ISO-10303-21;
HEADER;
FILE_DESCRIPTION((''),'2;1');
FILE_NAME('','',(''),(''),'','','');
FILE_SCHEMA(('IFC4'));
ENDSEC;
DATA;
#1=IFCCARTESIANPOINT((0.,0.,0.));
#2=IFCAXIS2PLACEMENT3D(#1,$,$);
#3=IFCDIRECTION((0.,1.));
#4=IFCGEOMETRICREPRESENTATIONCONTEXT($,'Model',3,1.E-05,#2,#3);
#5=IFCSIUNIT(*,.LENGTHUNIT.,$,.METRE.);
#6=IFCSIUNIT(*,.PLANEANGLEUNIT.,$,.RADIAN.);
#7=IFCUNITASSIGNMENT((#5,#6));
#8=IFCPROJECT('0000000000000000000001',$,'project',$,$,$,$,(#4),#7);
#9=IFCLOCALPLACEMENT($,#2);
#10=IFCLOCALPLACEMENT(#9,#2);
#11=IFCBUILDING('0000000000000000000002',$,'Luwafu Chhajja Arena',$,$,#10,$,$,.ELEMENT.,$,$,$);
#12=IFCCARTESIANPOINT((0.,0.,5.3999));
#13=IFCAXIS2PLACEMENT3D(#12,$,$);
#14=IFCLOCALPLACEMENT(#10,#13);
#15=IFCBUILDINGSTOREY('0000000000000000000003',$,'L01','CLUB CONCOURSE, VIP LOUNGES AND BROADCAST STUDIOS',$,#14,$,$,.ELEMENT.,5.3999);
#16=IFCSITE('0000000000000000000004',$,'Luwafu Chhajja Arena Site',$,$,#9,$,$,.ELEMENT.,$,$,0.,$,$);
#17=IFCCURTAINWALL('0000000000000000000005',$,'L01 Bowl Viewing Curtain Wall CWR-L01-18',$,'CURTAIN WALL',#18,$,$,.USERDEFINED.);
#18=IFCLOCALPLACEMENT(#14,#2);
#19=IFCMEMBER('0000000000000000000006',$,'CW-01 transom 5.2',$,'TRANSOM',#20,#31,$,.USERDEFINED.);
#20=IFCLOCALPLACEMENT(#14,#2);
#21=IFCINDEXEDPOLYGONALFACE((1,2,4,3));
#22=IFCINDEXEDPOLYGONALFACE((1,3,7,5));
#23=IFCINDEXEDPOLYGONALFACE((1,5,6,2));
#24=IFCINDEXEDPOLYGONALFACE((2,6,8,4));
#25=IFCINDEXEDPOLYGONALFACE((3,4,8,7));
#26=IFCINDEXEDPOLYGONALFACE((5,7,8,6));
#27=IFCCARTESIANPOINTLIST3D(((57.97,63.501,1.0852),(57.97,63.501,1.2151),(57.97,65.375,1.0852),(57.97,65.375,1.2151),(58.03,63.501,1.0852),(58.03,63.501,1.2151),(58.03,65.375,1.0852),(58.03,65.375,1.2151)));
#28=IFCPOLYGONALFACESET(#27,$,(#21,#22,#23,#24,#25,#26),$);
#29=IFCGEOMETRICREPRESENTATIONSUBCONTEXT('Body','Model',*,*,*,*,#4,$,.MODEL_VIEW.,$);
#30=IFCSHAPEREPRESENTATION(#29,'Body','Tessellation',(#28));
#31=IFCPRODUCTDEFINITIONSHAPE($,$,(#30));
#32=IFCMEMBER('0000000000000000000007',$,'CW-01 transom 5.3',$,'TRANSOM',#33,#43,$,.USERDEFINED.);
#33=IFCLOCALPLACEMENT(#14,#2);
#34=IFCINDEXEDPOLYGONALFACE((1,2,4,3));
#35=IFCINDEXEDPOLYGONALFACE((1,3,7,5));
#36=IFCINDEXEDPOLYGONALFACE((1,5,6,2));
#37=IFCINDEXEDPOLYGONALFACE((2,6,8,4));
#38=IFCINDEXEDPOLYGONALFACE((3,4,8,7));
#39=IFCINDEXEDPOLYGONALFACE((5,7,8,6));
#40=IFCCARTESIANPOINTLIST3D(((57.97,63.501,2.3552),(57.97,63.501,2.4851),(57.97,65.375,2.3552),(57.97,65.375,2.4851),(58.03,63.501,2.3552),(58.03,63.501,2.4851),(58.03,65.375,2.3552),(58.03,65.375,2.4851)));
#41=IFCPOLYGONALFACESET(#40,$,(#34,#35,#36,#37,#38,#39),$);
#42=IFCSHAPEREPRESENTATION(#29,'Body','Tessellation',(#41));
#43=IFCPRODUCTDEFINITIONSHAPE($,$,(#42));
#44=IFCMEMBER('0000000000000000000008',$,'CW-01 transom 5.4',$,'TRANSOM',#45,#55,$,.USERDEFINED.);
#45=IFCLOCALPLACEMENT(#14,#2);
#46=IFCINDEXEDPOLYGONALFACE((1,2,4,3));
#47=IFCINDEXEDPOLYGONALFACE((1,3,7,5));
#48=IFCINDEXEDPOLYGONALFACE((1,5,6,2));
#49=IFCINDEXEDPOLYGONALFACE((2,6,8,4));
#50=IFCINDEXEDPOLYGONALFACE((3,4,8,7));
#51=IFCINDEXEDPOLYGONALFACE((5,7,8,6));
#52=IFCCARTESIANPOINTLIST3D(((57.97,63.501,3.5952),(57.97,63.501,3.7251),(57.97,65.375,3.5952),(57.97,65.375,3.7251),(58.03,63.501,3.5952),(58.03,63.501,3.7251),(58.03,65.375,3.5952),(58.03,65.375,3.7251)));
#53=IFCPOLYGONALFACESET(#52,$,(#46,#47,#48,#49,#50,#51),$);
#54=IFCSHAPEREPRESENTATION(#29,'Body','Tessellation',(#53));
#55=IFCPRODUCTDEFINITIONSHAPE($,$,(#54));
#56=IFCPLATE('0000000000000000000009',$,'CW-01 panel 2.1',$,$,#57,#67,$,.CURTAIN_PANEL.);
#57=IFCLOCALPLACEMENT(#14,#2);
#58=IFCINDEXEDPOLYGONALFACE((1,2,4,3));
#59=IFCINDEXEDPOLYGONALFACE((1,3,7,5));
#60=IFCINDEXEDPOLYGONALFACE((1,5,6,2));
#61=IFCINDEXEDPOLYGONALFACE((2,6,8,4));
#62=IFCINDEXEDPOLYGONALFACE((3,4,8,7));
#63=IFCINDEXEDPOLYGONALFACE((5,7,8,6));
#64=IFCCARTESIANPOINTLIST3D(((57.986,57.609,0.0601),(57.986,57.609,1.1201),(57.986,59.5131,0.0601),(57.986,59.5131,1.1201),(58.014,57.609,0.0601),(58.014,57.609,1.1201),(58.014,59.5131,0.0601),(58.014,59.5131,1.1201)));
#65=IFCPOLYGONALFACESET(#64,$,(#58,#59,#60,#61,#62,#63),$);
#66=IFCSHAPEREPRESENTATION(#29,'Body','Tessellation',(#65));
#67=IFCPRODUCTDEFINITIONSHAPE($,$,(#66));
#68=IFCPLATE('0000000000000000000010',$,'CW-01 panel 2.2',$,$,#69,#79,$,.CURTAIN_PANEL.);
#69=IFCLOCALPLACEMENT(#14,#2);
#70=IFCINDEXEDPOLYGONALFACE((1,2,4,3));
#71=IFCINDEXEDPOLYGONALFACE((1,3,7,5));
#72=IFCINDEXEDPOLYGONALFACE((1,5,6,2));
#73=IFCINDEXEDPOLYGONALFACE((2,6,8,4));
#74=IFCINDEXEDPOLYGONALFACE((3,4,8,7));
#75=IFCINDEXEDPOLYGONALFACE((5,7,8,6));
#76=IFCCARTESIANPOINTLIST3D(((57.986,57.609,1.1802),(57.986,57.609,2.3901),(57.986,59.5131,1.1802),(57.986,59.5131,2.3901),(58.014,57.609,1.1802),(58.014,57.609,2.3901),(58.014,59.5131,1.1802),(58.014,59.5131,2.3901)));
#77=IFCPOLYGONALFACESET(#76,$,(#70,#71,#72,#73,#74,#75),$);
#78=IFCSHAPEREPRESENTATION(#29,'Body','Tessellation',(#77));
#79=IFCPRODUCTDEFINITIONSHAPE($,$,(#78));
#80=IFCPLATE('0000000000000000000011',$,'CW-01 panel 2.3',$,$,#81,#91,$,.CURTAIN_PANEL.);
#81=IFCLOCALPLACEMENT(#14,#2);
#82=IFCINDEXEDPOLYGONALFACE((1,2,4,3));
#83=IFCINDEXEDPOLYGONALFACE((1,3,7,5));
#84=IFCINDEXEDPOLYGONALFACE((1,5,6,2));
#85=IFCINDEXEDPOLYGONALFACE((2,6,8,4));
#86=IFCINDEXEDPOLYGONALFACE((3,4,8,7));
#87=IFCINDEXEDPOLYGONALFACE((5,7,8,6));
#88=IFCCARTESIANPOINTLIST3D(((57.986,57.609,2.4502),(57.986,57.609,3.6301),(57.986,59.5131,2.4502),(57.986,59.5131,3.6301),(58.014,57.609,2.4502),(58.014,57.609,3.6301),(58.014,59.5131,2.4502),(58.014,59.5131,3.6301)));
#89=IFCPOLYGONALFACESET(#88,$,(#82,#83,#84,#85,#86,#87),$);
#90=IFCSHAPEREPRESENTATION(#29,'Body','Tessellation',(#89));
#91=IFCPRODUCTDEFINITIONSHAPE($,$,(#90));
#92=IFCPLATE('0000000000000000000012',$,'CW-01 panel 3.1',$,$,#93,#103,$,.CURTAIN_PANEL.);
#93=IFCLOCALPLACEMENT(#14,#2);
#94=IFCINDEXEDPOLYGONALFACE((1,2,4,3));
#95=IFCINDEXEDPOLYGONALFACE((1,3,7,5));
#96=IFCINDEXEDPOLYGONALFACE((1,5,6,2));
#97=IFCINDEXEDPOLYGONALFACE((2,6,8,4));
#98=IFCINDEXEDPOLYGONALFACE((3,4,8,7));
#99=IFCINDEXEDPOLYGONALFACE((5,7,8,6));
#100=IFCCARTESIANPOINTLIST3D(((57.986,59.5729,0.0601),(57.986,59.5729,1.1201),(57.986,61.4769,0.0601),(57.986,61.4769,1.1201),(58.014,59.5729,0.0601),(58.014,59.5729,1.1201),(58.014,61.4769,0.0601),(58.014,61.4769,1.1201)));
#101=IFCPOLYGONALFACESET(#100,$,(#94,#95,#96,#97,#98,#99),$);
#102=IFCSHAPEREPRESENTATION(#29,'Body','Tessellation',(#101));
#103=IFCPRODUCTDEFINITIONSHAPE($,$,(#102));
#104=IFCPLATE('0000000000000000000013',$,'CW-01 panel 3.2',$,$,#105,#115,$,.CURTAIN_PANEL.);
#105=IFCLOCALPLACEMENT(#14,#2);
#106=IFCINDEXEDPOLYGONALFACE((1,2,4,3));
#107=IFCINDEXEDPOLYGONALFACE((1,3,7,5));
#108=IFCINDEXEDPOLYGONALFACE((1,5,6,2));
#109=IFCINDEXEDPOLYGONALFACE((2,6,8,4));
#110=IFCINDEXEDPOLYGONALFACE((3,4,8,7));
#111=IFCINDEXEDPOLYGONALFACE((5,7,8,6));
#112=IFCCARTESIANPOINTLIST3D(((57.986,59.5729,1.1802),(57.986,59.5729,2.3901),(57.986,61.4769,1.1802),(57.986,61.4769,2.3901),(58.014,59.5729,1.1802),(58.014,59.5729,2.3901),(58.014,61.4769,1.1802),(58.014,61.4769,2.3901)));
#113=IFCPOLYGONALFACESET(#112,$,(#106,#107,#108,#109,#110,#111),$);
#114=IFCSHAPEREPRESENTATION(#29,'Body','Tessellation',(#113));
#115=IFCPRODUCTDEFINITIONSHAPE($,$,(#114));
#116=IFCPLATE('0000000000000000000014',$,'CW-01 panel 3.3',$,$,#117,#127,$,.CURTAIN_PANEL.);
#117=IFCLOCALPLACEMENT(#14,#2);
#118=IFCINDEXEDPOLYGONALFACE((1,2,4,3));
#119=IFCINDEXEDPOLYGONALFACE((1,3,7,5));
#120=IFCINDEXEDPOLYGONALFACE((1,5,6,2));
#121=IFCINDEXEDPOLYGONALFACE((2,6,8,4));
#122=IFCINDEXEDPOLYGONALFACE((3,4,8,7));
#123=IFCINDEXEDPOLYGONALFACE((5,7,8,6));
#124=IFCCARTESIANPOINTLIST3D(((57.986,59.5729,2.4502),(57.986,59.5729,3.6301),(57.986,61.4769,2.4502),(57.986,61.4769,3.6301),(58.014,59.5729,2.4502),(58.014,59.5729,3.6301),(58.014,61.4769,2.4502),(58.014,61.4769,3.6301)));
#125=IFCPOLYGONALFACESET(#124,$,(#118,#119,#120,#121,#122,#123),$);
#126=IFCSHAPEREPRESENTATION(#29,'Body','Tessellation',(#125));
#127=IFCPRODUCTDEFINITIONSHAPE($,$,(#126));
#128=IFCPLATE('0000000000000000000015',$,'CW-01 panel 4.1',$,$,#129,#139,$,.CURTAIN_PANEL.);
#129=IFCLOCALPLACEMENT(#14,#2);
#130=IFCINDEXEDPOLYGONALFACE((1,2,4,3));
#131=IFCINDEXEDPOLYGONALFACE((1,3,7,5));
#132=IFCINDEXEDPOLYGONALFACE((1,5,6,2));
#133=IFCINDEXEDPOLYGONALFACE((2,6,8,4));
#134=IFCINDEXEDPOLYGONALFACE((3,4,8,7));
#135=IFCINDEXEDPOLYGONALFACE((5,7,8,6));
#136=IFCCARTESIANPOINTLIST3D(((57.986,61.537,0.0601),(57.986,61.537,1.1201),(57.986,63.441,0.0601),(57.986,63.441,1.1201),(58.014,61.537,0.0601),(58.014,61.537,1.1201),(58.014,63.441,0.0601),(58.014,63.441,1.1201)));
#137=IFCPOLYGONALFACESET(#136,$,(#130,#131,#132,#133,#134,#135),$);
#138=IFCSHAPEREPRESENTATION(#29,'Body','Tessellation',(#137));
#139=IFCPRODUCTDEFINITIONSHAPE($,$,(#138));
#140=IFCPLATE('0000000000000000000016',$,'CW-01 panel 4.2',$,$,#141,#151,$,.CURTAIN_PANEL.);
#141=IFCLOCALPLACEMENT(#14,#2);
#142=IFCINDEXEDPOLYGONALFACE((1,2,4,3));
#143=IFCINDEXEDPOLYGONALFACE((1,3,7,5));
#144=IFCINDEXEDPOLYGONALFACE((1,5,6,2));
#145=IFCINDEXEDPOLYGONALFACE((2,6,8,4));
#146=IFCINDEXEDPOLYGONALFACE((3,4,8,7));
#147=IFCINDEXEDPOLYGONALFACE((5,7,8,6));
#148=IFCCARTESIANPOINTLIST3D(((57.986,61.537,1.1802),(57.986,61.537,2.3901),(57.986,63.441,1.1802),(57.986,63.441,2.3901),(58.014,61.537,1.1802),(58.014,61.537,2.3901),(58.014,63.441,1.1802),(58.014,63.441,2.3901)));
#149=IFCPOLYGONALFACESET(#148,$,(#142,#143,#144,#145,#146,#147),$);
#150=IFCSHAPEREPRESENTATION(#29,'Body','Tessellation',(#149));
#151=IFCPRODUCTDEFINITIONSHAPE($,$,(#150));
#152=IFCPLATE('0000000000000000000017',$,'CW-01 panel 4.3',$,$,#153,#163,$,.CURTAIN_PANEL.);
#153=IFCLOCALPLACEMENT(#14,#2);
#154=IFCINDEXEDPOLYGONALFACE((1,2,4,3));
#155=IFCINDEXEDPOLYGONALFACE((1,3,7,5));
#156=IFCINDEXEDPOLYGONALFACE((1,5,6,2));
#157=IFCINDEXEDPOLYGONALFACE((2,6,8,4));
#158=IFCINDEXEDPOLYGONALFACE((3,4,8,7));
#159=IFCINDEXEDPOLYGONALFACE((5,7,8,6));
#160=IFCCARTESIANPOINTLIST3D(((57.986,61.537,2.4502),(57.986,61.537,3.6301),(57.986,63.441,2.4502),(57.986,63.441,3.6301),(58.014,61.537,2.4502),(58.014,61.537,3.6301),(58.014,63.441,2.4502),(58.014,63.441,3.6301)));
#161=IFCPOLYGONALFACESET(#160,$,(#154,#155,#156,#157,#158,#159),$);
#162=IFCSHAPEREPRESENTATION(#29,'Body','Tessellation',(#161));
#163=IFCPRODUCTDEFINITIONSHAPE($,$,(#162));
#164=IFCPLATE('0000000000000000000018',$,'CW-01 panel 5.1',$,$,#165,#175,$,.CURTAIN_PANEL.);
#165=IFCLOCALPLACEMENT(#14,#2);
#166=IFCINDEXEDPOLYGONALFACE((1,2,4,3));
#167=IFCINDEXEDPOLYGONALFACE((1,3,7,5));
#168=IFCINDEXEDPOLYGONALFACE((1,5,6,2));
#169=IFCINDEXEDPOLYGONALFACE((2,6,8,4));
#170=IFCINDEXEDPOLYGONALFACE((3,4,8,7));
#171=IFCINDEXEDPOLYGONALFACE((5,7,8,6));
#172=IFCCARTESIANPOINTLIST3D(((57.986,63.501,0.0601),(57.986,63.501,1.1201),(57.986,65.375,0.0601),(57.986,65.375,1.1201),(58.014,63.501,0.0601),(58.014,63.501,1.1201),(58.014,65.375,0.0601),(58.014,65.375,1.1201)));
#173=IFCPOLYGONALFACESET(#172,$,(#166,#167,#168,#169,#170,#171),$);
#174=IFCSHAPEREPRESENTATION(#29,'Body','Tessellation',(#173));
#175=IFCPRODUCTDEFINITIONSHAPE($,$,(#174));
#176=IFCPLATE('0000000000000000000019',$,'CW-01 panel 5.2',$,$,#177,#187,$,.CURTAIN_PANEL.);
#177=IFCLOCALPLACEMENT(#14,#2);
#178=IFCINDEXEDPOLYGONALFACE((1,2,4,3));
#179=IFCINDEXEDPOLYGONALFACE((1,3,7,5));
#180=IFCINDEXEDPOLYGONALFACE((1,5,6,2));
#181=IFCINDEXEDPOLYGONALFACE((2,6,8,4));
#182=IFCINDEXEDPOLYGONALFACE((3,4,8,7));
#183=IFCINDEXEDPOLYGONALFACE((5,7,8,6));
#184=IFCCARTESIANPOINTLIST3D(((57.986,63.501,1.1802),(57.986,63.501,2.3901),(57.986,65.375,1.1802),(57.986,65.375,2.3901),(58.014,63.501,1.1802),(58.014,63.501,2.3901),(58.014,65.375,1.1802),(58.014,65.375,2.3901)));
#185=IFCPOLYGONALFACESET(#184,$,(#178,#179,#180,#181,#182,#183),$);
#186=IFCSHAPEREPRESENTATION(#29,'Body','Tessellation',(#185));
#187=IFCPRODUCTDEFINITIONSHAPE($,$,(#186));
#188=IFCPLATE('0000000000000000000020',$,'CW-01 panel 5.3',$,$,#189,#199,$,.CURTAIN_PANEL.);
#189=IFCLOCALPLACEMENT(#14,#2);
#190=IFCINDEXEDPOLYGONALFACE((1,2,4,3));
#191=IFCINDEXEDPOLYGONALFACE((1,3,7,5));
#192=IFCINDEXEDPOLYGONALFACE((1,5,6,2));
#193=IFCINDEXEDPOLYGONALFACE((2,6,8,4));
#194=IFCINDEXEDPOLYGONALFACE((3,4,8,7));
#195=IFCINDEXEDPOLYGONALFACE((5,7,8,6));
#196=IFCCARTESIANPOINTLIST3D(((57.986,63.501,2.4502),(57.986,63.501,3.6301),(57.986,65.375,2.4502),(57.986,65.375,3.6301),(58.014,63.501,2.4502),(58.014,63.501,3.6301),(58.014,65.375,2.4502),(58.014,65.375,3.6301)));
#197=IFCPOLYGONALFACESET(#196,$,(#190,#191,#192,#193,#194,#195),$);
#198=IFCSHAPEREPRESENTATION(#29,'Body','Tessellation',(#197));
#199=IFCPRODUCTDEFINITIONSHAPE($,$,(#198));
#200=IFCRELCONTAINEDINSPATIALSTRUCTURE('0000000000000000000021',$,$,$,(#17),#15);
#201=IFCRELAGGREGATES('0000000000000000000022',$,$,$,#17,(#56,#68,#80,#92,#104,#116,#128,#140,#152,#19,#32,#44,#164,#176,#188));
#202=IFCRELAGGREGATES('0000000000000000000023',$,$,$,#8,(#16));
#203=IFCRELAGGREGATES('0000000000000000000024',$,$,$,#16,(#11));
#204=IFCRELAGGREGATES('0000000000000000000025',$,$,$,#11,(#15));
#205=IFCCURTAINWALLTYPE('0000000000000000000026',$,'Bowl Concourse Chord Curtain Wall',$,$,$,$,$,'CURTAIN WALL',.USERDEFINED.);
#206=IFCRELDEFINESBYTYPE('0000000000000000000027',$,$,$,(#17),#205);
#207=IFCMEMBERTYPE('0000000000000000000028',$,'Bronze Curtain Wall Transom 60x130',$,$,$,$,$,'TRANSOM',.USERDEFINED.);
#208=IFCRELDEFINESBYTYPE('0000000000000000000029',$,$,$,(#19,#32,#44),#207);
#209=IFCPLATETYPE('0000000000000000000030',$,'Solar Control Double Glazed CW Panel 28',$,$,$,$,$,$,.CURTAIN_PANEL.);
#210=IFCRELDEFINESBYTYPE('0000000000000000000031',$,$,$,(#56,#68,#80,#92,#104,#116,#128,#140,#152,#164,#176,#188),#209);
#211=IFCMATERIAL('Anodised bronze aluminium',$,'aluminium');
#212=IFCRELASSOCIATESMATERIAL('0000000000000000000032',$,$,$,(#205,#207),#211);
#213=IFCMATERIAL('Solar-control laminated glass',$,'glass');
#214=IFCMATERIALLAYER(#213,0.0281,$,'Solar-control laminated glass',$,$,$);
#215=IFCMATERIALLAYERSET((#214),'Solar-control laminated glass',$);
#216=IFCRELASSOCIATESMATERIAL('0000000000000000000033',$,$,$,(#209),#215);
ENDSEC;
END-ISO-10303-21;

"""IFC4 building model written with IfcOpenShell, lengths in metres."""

from ifc_helpers import new_model, si_unit, direction, frame, origin, origin_2d, place, context, subcontext, project, spatial, rectangle, extrude, material, layer, layer_set, material_profile, profile_set, type_object, element, aggregate, save


model = new_model("IFC4")

# Units and contexts
model_context = context("Model", 3, precision=1e-05, world=origin(), true_north=direction((0.0, 1.0)))
body_context = subcontext(model_context, "Body", "Model", "MODEL_VIEW")
ifc_project = project(units=[si_unit("LENGTHUNIT", "METRE"), si_unit("PLANEANGLEUNIT", "RADIAN")], contexts=[model_context])

# Site, building, storey
site_placement = place(None, origin())
site = spatial("IfcSite", under=ifc_project, at=site_placement, Name="Luwafu Chhajja Arena Site", CompositionType="ELEMENT", RefElevation=0.0)
building_placement = place(site_placement, origin())
building = spatial("IfcBuilding", under=site, at=building_placement, Name="Luwafu Chhajja Arena", CompositionType="ELEMENT")
storey_placement = place(building_placement, frame((0.0, 0.0, 5.3999)))
storey = spatial("IfcBuildingStorey", under=building, at=storey_placement, Name="L01", Description="CLUB CONCOURSE, VIP LOUNGES AND BROADCAST STUDIOS", CompositionType="ELEMENT", Elevation=5.3999)

# Curtain wall, members, plates
ifc_material_1 = material(Name="Anodised bronze aluminium", Category="aluminium")
curtain_wall_type = type_object("IfcCurtainWallType", Name="Bowl Concourse Chord Curtain Wall", ElementType="CURTAIN WALL", PredefinedType="USERDEFINED", material=ifc_material_1)
curtain_wall_placement = place(storey_placement, origin())
curtain_wall = element("IfcCurtainWall", 1, at=curtain_wall_placement, inside=storey, type_object=curtain_wall_type, Name="L01 Bowl Viewing Curtain Wall CWR-L01-18", ObjectType="CURTAIN WALL", PredefinedType="USERDEFINED")
ifc_material_profile_1 = material_profile(ifc_material_1, rectangle(XDim=0.0601, YDim=0.1299, at=origin_2d()), Name="CWT 60x130")
ifc_profile_set_1 = profile_set([ifc_material_profile_1], Name="Anodised bronze aluminium")
member_type_1 = type_object("IfcMemberType", Name="Bronze Curtain Wall Transom 60x130", ElementType="TRANSOM", PredefinedType="USERDEFINED", material=ifc_profile_set_1)
member_1_placement = place(storey_placement, frame((58.0, 63.501, 1.1501), z_axis=(0.0, 1.0, 0.0), x_axis=(-1.0, 0.0, 0.0)))
member_1 = element("IfcMember", 2, at=member_1_placement, type_object=member_type_1, Name="CW-01 transom 5.2", ObjectType="TRANSOM", PredefinedType="USERDEFINED", context=body_context, shape_type="SweptSolid", body=[
    extrude(rectangle(XDim=0.0601, YDim=0.1299, at=origin_2d()), origin(), (0.0, 0.0, 1.0), 1.874),
])
member_2_placement = place(storey_placement, frame((58.0, 63.501, 2.4202), z_axis=(0.0, 1.0, 0.0), x_axis=(-1.0, 0.0, 0.0)))
member_2 = element("IfcMember", 3, at=member_2_placement, type_object=member_type_1, Name="CW-01 transom 5.3", ObjectType="TRANSOM", PredefinedType="USERDEFINED", context=body_context, shape_type="SweptSolid", body=[
    extrude(rectangle(XDim=0.0601, YDim=0.1299, at=origin_2d()), origin(), (0.0, 0.0, 1.0), 1.874),
])
member_3_placement = place(storey_placement, frame((58.0, 63.501, 3.6602), z_axis=(0.0, 1.0, 0.0), x_axis=(-1.0, 0.0, 0.0)))
member_3 = element("IfcMember", 4, at=member_3_placement, type_object=member_type_1, Name="CW-01 transom 5.4", ObjectType="TRANSOM", PredefinedType="USERDEFINED", context=body_context, shape_type="SweptSolid", body=[
    extrude(rectangle(XDim=0.0601, YDim=0.1299, at=origin_2d()), origin(), (0.0, 0.0, 1.0), 1.874),
])
ifc_material_2 = material(Name="Solar-control laminated glass", Category="glass")
ifc_layer = layer(ifc_material_2, 0.0281, Name="Solar-control laminated glass")
ifc_layer_set = layer_set([ifc_layer], Name="Solar-control laminated glass")
plate_type = type_object("IfcPlateType", Name="Solar Control Double Glazed CW Panel 28", PredefinedType="CURTAIN_PANEL", material=ifc_layer_set)
plate_1_placement = place(storey_placement, frame((58.0, 58.561, 0.0601), z_axis=(0.0, 0.0, 1.0), x_axis=(0.0, 1.0, 0.0)))
plate_1 = element("IfcPlate", 5, at=plate_1_placement, type_object=plate_type, Name="CW-01 panel 2.1", PredefinedType="CURTAIN_PANEL", context=body_context, shape_type="SweptSolid", body=[
    extrude(rectangle(XDim=1.9041, YDim=0.0281, at=origin_2d()), origin(), (0.0, 0.0, 1.0), 1.0601),
])
plate_2_placement = place(storey_placement, frame((58.0, 58.561, 1.1802), z_axis=(0.0, 0.0, 1.0), x_axis=(0.0, 1.0, 0.0)))
plate_2 = element("IfcPlate", 6, at=plate_2_placement, type_object=plate_type, Name="CW-01 panel 2.2", PredefinedType="CURTAIN_PANEL", context=body_context, shape_type="SweptSolid", body=[
    extrude(rectangle(XDim=1.9041, YDim=0.0281, at=origin_2d()), origin(), (0.0, 0.0, 1.0), 1.21),
])
plate_3_placement = place(storey_placement, frame((58.0, 58.561, 2.4502), z_axis=(0.0, 0.0, 1.0), x_axis=(0.0, 1.0, 0.0)))
plate_3 = element("IfcPlate", 7, at=plate_3_placement, type_object=plate_type, Name="CW-01 panel 2.3", PredefinedType="CURTAIN_PANEL", context=body_context, shape_type="SweptSolid", body=[
    extrude(rectangle(XDim=1.9041, YDim=0.0281, at=origin_2d()), origin(), (0.0, 0.0, 1.0), 1.1799),
])
plate_4_placement = place(storey_placement, frame((58.0, 60.5249, 0.0601), z_axis=(0.0, 0.0, 1.0), x_axis=(0.0, 1.0, 0.0)))
plate_4 = element("IfcPlate", 8, at=plate_4_placement, type_object=plate_type, Name="CW-01 panel 3.1", PredefinedType="CURTAIN_PANEL", context=body_context, shape_type="SweptSolid", body=[
    extrude(rectangle(XDim=1.9041, YDim=0.0281, at=origin_2d()), origin(), (0.0, 0.0, 1.0), 1.0601),
])
plate_5_placement = place(storey_placement, frame((58.0, 60.5249, 1.1802), z_axis=(0.0, 0.0, 1.0), x_axis=(0.0, 1.0, 0.0)))
plate_5 = element("IfcPlate", 9, at=plate_5_placement, type_object=plate_type, Name="CW-01 panel 3.2", PredefinedType="CURTAIN_PANEL", context=body_context, shape_type="SweptSolid", body=[
    extrude(rectangle(XDim=1.9041, YDim=0.0281, at=origin_2d()), origin(), (0.0, 0.0, 1.0), 1.21),
])
plate_6_placement = place(storey_placement, frame((58.0, 60.5249, 2.4502), z_axis=(0.0, 0.0, 1.0), x_axis=(0.0, 1.0, 0.0)))
plate_6 = element("IfcPlate", 10, at=plate_6_placement, type_object=plate_type, Name="CW-01 panel 3.3", PredefinedType="CURTAIN_PANEL", context=body_context, shape_type="SweptSolid", body=[
    extrude(rectangle(XDim=1.9041, YDim=0.0281, at=origin_2d()), origin(), (0.0, 0.0, 1.0), 1.1799),
])
plate_7_placement = place(storey_placement, frame((58.0, 62.489, 0.0601), z_axis=(0.0, 0.0, 1.0), x_axis=(0.0, 1.0, 0.0)))
plate_7 = element("IfcPlate", 11, at=plate_7_placement, type_object=plate_type, Name="CW-01 panel 4.1", PredefinedType="CURTAIN_PANEL", context=body_context, shape_type="SweptSolid", body=[
    extrude(rectangle(XDim=1.9041, YDim=0.0281, at=origin_2d()), origin(), (0.0, 0.0, 1.0), 1.0601),
])
plate_8_placement = place(storey_placement, frame((58.0, 62.489, 1.1802), z_axis=(0.0, 0.0, 1.0), x_axis=(0.0, 1.0, 0.0)))
plate_8 = element("IfcPlate", 12, at=plate_8_placement, type_object=plate_type, Name="CW-01 panel 4.2", PredefinedType="CURTAIN_PANEL", context=body_context, shape_type="SweptSolid", body=[
    extrude(rectangle(XDim=1.9041, YDim=0.0281, at=origin_2d()), origin(), (0.0, 0.0, 1.0), 1.21),
])
plate_9_placement = place(storey_placement, frame((58.0, 62.489, 2.4502), z_axis=(0.0, 0.0, 1.0), x_axis=(0.0, 1.0, 0.0)))
plate_9 = element("IfcPlate", 13, at=plate_9_placement, type_object=plate_type, Name="CW-01 panel 4.3", PredefinedType="CURTAIN_PANEL", context=body_context, shape_type="SweptSolid", body=[
    extrude(rectangle(XDim=1.9041, YDim=0.0281, at=origin_2d()), origin(), (0.0, 0.0, 1.0), 1.1799),
])
plate_10_placement = place(storey_placement, frame((58.0, 64.438, 0.0601), z_axis=(0.0, 0.0, 1.0), x_axis=(0.0, 1.0, 0.0)))
plate_10 = element("IfcPlate", 14, at=plate_10_placement, type_object=plate_type, Name="CW-01 panel 5.1", PredefinedType="CURTAIN_PANEL", context=body_context, shape_type="SweptSolid", body=[
    extrude(rectangle(XDim=1.874, YDim=0.0281, at=origin_2d()), origin(), (0.0, 0.0, 1.0), 1.0601),
])
plate_11_placement = place(storey_placement, frame((58.0, 64.438, 1.1802), z_axis=(0.0, 0.0, 1.0), x_axis=(0.0, 1.0, 0.0)))
plate_11 = element("IfcPlate", 15, at=plate_11_placement, type_object=plate_type, Name="CW-01 panel 5.2", PredefinedType="CURTAIN_PANEL", context=body_context, shape_type="SweptSolid", body=[
    extrude(rectangle(XDim=1.874, YDim=0.0281, at=origin_2d()), origin(), (0.0, 0.0, 1.0), 1.21),
])
plate_12_placement = place(storey_placement, frame((58.0, 64.438, 2.4502), z_axis=(0.0, 0.0, 1.0), x_axis=(0.0, 1.0, 0.0)))
plate_12 = element("IfcPlate", 16, at=plate_12_placement, type_object=plate_type, Name="CW-01 panel 5.3", PredefinedType="CURTAIN_PANEL", context=body_context, shape_type="SweptSolid", body=[
    extrude(rectangle(XDim=1.874, YDim=0.0281, at=origin_2d()), origin(), (0.0, 0.0, 1.0), 1.1799),
])
aggregate(curtain_wall, [plate_1, plate_2, plate_3, plate_4, plate_5, plate_6, plate_7, plate_8, plate_9, member_1, member_2, member_3, plate_10, plate_11, plate_12])

save(model, "model.ifc")
